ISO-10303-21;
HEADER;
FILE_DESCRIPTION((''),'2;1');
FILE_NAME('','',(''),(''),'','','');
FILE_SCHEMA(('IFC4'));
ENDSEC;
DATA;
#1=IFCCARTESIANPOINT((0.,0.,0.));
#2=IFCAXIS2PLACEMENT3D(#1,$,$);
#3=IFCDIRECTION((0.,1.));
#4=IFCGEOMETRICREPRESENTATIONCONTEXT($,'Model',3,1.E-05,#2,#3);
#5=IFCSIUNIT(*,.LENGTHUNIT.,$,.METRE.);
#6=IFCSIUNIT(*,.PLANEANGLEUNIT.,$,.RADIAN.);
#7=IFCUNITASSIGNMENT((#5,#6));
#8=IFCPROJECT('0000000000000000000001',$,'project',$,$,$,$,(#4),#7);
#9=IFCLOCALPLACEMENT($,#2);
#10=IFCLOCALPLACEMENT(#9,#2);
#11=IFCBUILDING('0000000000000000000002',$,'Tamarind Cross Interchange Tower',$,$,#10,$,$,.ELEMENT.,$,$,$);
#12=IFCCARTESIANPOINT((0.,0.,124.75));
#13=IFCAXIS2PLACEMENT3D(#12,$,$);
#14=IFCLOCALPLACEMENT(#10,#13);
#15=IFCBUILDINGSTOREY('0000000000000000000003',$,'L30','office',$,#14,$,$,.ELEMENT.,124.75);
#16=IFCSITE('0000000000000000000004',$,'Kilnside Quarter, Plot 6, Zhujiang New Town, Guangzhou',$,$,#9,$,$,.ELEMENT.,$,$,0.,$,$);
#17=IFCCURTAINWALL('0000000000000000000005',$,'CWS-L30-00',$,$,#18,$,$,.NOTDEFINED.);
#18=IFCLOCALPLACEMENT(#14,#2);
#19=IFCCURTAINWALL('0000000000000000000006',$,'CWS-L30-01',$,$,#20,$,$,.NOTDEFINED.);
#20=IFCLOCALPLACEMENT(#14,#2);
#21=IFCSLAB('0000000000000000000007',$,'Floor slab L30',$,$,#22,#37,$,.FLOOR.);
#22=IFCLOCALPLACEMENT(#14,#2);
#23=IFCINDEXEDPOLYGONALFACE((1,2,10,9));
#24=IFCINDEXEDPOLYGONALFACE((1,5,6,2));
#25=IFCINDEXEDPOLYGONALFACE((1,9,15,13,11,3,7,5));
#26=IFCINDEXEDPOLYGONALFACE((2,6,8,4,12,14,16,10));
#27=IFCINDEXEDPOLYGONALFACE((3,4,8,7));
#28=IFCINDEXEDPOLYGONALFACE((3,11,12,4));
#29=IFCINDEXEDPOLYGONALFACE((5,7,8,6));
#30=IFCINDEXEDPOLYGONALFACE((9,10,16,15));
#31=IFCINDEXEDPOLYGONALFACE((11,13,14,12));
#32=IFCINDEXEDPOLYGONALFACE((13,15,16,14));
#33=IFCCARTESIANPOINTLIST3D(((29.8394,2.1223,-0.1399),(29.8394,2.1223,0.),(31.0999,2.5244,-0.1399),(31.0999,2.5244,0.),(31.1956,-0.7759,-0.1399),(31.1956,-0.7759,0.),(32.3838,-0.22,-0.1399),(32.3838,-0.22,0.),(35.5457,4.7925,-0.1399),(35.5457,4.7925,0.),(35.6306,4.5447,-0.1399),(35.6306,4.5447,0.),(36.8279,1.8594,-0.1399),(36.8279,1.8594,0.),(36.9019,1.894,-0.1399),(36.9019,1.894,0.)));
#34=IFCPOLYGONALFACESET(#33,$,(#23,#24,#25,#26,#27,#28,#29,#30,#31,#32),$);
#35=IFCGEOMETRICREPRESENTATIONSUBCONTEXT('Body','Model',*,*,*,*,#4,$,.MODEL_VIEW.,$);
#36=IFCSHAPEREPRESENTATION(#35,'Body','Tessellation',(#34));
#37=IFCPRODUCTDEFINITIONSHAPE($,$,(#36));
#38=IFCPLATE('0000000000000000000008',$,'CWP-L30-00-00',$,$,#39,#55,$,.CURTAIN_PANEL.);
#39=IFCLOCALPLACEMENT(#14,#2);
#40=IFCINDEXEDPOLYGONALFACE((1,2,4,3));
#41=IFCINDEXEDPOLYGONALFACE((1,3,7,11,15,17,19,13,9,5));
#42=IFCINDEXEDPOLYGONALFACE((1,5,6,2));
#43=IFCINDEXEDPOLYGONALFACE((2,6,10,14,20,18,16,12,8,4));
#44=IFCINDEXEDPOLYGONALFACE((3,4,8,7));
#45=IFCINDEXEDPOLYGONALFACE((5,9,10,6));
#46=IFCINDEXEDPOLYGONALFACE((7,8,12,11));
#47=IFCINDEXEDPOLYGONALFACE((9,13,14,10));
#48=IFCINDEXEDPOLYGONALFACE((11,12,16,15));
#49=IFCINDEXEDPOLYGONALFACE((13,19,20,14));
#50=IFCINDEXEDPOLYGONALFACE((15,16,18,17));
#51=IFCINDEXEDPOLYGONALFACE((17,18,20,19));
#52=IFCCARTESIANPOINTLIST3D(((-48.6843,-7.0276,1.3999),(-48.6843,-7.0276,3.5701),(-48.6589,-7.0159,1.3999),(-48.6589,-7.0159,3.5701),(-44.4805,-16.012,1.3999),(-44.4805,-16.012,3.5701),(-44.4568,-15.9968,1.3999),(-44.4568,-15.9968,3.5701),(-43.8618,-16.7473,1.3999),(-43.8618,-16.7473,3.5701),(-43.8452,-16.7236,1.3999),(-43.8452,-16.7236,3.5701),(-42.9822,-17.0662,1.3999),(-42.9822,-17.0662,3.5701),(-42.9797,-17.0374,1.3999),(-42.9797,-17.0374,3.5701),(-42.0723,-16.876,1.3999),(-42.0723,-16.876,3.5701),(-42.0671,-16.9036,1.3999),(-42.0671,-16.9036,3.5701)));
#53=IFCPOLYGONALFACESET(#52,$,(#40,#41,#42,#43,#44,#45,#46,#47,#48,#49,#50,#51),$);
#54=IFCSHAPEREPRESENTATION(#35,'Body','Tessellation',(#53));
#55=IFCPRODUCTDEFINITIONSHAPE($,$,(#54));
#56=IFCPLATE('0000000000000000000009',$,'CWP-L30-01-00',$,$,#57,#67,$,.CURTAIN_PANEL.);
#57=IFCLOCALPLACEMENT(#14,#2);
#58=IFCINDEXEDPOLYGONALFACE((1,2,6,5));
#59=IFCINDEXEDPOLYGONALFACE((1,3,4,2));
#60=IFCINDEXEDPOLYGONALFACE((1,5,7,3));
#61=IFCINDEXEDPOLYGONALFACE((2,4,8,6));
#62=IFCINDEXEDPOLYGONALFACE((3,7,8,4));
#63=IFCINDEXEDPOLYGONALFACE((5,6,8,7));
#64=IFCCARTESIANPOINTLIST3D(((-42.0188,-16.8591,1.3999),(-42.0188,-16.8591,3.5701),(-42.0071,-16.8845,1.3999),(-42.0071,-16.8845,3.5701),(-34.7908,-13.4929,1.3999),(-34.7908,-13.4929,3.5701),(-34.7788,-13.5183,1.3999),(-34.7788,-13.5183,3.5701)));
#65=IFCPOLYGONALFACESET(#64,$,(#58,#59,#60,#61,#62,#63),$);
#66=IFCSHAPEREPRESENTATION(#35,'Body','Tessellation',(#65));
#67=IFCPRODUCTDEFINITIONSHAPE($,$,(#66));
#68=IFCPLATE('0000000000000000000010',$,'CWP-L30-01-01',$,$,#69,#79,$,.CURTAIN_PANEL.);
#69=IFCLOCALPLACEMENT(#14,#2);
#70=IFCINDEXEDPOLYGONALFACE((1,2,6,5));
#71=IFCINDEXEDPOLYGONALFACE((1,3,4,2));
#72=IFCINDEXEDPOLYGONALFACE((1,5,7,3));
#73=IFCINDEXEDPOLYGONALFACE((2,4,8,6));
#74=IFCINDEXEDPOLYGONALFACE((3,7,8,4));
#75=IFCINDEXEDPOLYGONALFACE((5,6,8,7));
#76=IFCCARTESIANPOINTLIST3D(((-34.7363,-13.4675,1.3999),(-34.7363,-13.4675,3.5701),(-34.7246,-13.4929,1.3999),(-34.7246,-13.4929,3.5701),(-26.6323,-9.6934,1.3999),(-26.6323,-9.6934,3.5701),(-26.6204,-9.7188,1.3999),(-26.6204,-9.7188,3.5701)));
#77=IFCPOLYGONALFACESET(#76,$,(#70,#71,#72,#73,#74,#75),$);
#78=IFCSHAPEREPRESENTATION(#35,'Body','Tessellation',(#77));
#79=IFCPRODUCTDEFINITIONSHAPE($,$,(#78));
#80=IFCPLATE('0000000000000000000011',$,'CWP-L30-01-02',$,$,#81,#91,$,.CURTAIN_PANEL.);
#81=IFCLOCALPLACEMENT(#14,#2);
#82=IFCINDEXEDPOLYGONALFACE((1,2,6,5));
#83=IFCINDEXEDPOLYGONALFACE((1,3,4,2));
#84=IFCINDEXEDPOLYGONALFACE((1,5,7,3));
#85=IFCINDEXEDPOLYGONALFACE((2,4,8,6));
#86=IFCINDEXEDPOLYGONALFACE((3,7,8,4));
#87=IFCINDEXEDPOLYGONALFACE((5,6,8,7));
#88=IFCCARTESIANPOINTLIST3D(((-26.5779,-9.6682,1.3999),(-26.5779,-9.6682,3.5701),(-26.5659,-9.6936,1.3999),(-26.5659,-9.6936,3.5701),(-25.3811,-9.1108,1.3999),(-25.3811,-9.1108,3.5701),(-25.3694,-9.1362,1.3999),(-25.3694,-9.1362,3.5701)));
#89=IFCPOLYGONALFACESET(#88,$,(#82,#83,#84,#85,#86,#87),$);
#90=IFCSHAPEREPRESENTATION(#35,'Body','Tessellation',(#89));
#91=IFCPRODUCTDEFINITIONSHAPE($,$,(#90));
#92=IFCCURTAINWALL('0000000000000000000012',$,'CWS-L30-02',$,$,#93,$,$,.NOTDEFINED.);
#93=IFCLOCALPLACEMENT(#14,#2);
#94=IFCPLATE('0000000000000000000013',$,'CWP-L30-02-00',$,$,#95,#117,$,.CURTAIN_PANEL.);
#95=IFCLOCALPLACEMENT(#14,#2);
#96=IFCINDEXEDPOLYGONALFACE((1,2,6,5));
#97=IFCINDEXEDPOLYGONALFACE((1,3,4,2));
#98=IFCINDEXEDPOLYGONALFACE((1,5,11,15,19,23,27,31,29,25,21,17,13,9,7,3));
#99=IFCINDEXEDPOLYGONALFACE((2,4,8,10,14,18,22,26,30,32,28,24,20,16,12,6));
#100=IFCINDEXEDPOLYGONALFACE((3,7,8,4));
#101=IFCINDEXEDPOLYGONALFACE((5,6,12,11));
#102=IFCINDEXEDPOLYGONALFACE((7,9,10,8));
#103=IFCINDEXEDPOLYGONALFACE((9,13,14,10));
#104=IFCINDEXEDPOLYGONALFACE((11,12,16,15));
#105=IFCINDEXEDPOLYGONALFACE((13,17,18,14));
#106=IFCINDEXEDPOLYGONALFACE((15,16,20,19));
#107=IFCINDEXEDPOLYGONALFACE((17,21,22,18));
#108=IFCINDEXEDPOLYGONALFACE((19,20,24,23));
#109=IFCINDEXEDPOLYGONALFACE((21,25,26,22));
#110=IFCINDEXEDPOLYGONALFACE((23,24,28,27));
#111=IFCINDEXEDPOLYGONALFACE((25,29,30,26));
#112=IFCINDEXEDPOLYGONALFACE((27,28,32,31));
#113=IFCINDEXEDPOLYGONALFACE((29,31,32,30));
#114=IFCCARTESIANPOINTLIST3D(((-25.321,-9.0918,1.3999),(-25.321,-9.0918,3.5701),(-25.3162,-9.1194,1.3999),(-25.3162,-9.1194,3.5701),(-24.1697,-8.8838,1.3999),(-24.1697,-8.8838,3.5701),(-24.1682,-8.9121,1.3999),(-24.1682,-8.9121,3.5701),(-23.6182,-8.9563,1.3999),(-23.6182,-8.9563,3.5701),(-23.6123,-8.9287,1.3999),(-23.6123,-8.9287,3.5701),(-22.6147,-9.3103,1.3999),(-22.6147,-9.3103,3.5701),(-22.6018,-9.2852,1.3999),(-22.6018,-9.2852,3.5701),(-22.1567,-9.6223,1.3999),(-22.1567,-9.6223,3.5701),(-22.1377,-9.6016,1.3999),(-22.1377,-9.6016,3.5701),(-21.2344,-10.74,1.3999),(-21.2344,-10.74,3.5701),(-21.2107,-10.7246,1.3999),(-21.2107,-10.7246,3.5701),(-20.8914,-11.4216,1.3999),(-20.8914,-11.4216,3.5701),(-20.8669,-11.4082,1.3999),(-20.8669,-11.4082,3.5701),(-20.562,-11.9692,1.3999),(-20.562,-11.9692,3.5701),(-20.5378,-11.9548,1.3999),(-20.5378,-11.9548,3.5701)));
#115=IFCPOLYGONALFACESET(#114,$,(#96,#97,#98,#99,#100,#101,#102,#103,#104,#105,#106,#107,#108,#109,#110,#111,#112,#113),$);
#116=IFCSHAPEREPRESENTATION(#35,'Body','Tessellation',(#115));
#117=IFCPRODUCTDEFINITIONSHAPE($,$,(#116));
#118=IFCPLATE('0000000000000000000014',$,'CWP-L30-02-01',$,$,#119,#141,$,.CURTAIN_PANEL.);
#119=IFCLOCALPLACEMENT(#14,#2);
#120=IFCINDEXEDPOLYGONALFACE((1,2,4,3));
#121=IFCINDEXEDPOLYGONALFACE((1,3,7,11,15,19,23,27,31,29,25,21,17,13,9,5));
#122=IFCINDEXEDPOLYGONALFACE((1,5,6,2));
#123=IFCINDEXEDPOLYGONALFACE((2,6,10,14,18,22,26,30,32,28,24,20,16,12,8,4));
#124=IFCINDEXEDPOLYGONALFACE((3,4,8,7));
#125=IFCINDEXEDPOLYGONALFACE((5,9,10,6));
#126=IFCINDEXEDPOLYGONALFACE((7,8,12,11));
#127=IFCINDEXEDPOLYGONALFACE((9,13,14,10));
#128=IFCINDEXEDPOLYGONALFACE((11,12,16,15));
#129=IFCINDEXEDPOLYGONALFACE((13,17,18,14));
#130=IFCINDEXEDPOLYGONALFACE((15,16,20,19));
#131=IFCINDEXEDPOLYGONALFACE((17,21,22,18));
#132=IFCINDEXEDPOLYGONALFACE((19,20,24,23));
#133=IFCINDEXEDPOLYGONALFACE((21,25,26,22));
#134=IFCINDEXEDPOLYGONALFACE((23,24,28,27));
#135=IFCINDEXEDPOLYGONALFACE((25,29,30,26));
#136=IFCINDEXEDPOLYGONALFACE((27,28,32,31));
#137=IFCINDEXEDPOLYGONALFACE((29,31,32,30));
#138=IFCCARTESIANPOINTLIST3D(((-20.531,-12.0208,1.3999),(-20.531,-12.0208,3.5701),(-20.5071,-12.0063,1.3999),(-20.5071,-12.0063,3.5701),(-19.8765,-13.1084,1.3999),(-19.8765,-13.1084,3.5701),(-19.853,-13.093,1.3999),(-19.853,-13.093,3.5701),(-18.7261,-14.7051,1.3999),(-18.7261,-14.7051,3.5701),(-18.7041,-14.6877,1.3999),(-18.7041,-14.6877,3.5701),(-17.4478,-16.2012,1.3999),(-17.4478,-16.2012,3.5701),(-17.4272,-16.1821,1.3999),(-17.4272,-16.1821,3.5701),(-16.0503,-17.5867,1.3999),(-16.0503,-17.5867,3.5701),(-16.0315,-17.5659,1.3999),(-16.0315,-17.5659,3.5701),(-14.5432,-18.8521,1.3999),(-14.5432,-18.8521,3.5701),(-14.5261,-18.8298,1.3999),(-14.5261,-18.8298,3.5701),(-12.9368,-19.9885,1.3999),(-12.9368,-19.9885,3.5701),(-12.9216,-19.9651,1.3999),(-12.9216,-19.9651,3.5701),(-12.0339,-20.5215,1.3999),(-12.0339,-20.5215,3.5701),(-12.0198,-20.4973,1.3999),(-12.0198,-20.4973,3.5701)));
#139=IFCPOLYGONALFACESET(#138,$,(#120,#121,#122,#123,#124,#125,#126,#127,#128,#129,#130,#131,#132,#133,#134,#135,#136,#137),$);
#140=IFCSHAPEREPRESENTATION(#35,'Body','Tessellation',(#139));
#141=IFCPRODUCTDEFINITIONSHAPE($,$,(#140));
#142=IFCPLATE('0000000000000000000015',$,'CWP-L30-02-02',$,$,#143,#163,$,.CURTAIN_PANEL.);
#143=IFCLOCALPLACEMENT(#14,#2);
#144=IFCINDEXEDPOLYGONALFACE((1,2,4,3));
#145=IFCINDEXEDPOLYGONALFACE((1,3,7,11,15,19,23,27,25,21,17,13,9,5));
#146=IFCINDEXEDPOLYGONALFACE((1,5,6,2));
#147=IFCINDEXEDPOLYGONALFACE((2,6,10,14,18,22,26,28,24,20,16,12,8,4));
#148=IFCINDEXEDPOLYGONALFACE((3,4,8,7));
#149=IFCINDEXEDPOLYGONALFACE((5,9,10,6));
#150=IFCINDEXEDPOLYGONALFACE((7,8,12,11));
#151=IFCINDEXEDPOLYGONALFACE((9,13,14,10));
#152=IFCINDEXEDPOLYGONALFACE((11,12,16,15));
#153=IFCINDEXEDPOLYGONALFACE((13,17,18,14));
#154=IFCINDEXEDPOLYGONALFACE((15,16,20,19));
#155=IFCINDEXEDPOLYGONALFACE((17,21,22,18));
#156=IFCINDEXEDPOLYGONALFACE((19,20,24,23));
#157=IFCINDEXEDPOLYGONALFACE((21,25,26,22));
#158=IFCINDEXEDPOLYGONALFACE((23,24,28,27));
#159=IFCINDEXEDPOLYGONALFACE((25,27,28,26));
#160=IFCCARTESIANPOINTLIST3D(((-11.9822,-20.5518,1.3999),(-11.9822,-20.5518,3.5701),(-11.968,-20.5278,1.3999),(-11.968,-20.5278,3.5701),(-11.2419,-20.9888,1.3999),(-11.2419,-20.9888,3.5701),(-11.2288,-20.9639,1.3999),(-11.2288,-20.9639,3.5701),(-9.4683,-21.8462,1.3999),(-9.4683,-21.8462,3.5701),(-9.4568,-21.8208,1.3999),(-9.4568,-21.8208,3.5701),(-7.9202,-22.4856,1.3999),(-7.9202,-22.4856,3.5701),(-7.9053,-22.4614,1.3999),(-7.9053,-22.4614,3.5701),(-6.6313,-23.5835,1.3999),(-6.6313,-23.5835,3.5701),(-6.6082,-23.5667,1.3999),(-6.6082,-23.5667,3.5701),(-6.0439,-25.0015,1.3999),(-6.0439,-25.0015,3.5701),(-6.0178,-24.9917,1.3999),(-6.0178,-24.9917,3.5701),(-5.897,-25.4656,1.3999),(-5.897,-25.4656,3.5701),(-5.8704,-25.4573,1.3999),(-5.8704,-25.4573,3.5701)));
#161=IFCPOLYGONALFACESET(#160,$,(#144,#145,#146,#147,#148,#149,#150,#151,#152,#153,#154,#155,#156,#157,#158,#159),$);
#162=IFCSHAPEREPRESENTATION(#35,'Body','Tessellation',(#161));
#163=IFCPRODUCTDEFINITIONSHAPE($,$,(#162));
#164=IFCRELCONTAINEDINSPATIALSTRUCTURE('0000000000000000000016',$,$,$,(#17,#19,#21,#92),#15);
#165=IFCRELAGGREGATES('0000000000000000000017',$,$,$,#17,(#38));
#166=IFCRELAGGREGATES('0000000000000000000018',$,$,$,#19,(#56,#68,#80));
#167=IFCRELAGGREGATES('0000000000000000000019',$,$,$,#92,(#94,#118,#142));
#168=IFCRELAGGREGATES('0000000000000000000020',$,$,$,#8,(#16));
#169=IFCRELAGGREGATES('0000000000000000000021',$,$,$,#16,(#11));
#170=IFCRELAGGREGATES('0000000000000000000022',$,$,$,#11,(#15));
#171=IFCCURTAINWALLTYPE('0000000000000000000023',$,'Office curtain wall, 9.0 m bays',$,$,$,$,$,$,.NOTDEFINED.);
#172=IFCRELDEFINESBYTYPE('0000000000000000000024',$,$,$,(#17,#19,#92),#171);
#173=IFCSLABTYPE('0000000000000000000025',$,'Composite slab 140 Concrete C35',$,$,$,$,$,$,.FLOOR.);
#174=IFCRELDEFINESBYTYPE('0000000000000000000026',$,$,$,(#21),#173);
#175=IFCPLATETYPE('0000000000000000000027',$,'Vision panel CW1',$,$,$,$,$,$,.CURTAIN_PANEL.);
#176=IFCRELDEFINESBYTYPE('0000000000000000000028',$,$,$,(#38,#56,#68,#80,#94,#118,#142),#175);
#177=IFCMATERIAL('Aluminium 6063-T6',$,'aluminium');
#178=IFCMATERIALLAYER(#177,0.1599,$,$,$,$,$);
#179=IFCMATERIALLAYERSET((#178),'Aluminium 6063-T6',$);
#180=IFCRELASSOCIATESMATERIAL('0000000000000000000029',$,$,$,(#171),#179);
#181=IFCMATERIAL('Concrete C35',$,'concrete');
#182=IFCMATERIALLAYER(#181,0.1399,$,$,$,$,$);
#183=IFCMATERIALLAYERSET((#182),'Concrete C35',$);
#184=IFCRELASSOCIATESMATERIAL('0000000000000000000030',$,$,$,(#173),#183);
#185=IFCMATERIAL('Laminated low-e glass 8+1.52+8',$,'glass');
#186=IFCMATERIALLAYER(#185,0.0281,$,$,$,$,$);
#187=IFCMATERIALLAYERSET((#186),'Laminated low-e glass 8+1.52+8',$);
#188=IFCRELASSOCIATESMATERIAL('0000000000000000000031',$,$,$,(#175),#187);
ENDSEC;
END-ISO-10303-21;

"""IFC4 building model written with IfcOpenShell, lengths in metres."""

from ifc_helpers import new_model, si_unit, direction, frame, origin, place, context, subcontext, project, spatial, polyline, outline, extrude, material, layer, layer_set, type_object, element, aggregate, save


model = new_model("IFC4")

# Units and contexts
model_context = context("Model", 3, precision=1e-05, world=origin(), true_north=direction((0.0, 1.0)))
body_context = subcontext(model_context, "Body", "Model", "MODEL_VIEW")
ifc_project = project(units=[si_unit("LENGTHUNIT", "METRE"), si_unit("PLANEANGLEUNIT", "RADIAN")], contexts=[model_context])

# Site, building, storey
site_placement = place(None, origin())
site = spatial("IfcSite", under=ifc_project, at=site_placement, Name="Kilnside Quarter, Plot 6, Zhujiang New Town, Guangzhou", CompositionType="ELEMENT", RefElevation=0.0)
building_placement = place(site_placement, origin())
building = spatial("IfcBuilding", under=site, at=building_placement, Name="Tamarind Cross Interchange Tower", CompositionType="ELEMENT")
storey_placement = place(building_placement, frame((0.0, 0.0, 124.75)))
storey = spatial("IfcBuildingStorey", under=building, at=storey_placement, Name="L30", Description="office", CompositionType="ELEMENT", Elevation=124.75)

# Curtain walls
ifc_material_1 = material(Name="Aluminium 6063-T6", Category="aluminium")
ifc_layer_1 = layer(ifc_material_1, 0.1599)
ifc_layer_set_1 = layer_set([ifc_layer_1], Name="Aluminium 6063-T6")
curtain_wall_type = type_object("IfcCurtainWallType", Name="Office curtain wall, 9.0 m bays", PredefinedType="NOTDEFINED", material=ifc_layer_set_1)
curtain_wall_1_placement = place(storey_placement, origin())
curtain_wall_1 = element("IfcCurtainWall", 1, at=curtain_wall_1_placement, inside=storey, type_object=curtain_wall_type, Name="CWS-L30-00", PredefinedType="NOTDEFINED")
curtain_wall_2_placement = place(storey_placement, origin())
curtain_wall_2 = element("IfcCurtainWall", 2, at=curtain_wall_2_placement, inside=storey, type_object=curtain_wall_type, Name="CWS-L30-01", PredefinedType="NOTDEFINED")

# Slab
ifc_material_2 = material(Name="Concrete C35", Category="concrete")
ifc_layer_2 = layer(ifc_material_2, 0.1399)
ifc_layer_set_2 = layer_set([ifc_layer_2], Name="Concrete C35")
slab_type = type_object("IfcSlabType", Name="Composite slab 140 Concrete C35", PredefinedType="FLOOR", material=ifc_layer_set_2)
slab_1_placement = place(storey_placement, frame((0.0, 0.0, -0.1399)))
element("IfcSlab", 3, at=slab_1_placement, inside=storey, type_object=slab_type, Name="Floor slab L30", PredefinedType="FLOOR", context=body_context, shape_type="SweptSolid", body=[
    extrude(outline(polyline([(35.6306, 4.5447), (36.8279, 1.8594), (36.9019, 1.894), (35.5457, 4.7925), (29.8394, 2.1223), (31.1956, -0.7759), (32.3838, -0.22), (31.0999, 2.5244), (35.6306, 4.5447)])), origin(), (0.0, 0.0, 1.0), 0.1399),
])

# Plates
ifc_material_3 = material(Name="Laminated low-e glass 8+1.52+8", Category="glass")
ifc_layer_3 = layer(ifc_material_3, 0.0281)
ifc_layer_set_3 = layer_set([ifc_layer_3], Name="Laminated low-e glass 8+1.52+8")
plate_type = type_object("IfcPlateType", Name="Vision panel CW1", PredefinedType="CURTAIN_PANEL", material=ifc_layer_set_3)
plate_1_placement = place(storey_placement, frame((0.0, 0.0, 1.3999)))
plate_1 = element("IfcPlate", 4, at=plate_1_placement, type_object=plate_type, Name="CWP-L30-00-00", PredefinedType="CURTAIN_PANEL", context=body_context, shape_type="SweptSolid", body=[
    extrude(outline(polyline([(-48.6589, -7.0159), (-44.4568, -15.9968), (-43.8452, -16.7236), (-42.9797, -17.0374), (-42.0723, -16.876), (-42.0671, -16.9036), (-42.9822, -17.0662), (-43.8618, -16.7473), (-44.4805, -16.012), (-48.6843, -7.0276), (-48.6589, -7.0159)])), origin(), (0.0, 0.0, 1.0), 2.1702),
])
aggregate(curtain_wall_1, [plate_1])
plate_2_placement = place(storey_placement, frame((0.0, 0.0, 1.3999)))
plate_2 = element("IfcPlate", 5, at=plate_2_placement, type_object=plate_type, Name="CWP-L30-01-00", PredefinedType="CURTAIN_PANEL", context=body_context, shape_type="SweptSolid", body=[
    extrude(outline(polyline([(-42.0188, -16.8591), (-34.7908, -13.4929), (-34.7788, -13.5183), (-42.0071, -16.8845), (-42.0188, -16.8591)])), origin(), (0.0, 0.0, 1.0), 2.1702),
])
plate_3_placement = place(storey_placement, frame((0.0, 0.0, 1.3999)))
plate_3 = element("IfcPlate", 6, at=plate_3_placement, type_object=plate_type, Name="CWP-L30-01-01", PredefinedType="CURTAIN_PANEL", context=body_context, shape_type="SweptSolid", body=[
    extrude(outline(polyline([(-34.7363, -13.4675), (-26.6323, -9.6934), (-26.6204, -9.7188), (-34.7246, -13.4929), (-34.7363, -13.4675)])), origin(), (0.0, 0.0, 1.0), 2.1702),
])
plate_4_placement = place(storey_placement, frame((0.0, 0.0, 1.3999)))
plate_4 = element("IfcPlate", 7, at=plate_4_placement, type_object=plate_type, Name="CWP-L30-01-02", PredefinedType="CURTAIN_PANEL", context=body_context, shape_type="SweptSolid", body=[
    extrude(outline(polyline([(-26.5779, -9.6682), (-25.3811, -9.1108), (-25.3694, -9.1362), (-26.5659, -9.6936), (-26.5779, -9.6682)])), origin(), (0.0, 0.0, 1.0), 2.1702),
])
aggregate(curtain_wall_2, [plate_2, plate_3, plate_4])

# Curtain wall, plates
curtain_wall_3_placement = place(storey_placement, origin())
curtain_wall_3 = element("IfcCurtainWall", 8, at=curtain_wall_3_placement, inside=storey, type_object=curtain_wall_type, Name="CWS-L30-02", PredefinedType="NOTDEFINED")
plate_5_placement = place(storey_placement, frame((0.0, 0.0, 1.3999)))
plate_5 = element("IfcPlate", 9, at=plate_5_placement, type_object=plate_type, Name="CWP-L30-02-00", PredefinedType="CURTAIN_PANEL", context=body_context, shape_type="SweptSolid", body=[
    extrude(outline(polyline([(-25.321, -9.0918), (-24.1697, -8.8838), (-23.6123, -8.9287), (-22.6018, -9.2852), (-22.1377, -9.6016), (-21.2107, -10.7246), (-20.8669, -11.4082), (-20.5378, -11.9548), (-20.562, -11.9692), (-20.8914, -11.4216), (-21.2344, -10.74), (-22.1567, -9.6223), (-22.6147, -9.3103), (-23.6182, -8.9563), (-24.1682, -8.9121), (-25.3162, -9.1194), (-25.321, -9.0918)])), origin(), (0.0, 0.0, 1.0), 2.1702),
])
plate_6_placement = place(storey_placement, frame((0.0, 0.0, 1.3999)))
plate_6 = element("IfcPlate", 10, at=plate_6_placement, type_object=plate_type, Name="CWP-L30-02-01", PredefinedType="CURTAIN_PANEL", context=body_context, shape_type="SweptSolid", body=[
    extrude(outline(polyline([(-20.5071, -12.0063), (-19.853, -13.093), (-18.7041, -14.6877), (-17.4272, -16.1821), (-16.0315, -17.5659), (-14.5261, -18.8298), (-12.9216, -19.9651), (-12.0198, -20.4973), (-12.0339, -20.5215), (-12.9368, -19.9885), (-14.5432, -18.8521), (-16.0503, -17.5867), (-17.4478, -16.2012), (-18.7261, -14.7051), (-19.8765, -13.1084), (-20.531, -12.0208), (-20.5071, -12.0063)])), origin(), (0.0, 0.0, 1.0), 2.1702),
])
plate_7_placement = place(storey_placement, frame((0.0, 0.0, 1.3999)))
plate_7 = element("IfcPlate", 11, at=plate_7_placement, type_object=plate_type, Name="CWP-L30-02-02", PredefinedType="CURTAIN_PANEL", context=body_context, shape_type="SweptSolid", body=[
    extrude(outline(polyline([(-11.968, -20.5278), (-11.2288, -20.9639), (-9.4568, -21.8208), (-7.9053, -22.4614), (-6.6082, -23.5667), (-6.0178, -24.9917), (-5.8704, -25.4573), (-5.897, -25.4656), (-6.0439, -25.0015), (-6.6313, -23.5835), (-7.9202, -22.4856), (-9.4683, -21.8462), (-11.2419, -20.9888), (-11.9822, -20.5518), (-11.968, -20.5278)])), origin(), (0.0, 0.0, 1.0), 2.1702),
])
aggregate(curtain_wall_3, [plate_5, plate_6, plate_7])

save(model, "model.ifc")
